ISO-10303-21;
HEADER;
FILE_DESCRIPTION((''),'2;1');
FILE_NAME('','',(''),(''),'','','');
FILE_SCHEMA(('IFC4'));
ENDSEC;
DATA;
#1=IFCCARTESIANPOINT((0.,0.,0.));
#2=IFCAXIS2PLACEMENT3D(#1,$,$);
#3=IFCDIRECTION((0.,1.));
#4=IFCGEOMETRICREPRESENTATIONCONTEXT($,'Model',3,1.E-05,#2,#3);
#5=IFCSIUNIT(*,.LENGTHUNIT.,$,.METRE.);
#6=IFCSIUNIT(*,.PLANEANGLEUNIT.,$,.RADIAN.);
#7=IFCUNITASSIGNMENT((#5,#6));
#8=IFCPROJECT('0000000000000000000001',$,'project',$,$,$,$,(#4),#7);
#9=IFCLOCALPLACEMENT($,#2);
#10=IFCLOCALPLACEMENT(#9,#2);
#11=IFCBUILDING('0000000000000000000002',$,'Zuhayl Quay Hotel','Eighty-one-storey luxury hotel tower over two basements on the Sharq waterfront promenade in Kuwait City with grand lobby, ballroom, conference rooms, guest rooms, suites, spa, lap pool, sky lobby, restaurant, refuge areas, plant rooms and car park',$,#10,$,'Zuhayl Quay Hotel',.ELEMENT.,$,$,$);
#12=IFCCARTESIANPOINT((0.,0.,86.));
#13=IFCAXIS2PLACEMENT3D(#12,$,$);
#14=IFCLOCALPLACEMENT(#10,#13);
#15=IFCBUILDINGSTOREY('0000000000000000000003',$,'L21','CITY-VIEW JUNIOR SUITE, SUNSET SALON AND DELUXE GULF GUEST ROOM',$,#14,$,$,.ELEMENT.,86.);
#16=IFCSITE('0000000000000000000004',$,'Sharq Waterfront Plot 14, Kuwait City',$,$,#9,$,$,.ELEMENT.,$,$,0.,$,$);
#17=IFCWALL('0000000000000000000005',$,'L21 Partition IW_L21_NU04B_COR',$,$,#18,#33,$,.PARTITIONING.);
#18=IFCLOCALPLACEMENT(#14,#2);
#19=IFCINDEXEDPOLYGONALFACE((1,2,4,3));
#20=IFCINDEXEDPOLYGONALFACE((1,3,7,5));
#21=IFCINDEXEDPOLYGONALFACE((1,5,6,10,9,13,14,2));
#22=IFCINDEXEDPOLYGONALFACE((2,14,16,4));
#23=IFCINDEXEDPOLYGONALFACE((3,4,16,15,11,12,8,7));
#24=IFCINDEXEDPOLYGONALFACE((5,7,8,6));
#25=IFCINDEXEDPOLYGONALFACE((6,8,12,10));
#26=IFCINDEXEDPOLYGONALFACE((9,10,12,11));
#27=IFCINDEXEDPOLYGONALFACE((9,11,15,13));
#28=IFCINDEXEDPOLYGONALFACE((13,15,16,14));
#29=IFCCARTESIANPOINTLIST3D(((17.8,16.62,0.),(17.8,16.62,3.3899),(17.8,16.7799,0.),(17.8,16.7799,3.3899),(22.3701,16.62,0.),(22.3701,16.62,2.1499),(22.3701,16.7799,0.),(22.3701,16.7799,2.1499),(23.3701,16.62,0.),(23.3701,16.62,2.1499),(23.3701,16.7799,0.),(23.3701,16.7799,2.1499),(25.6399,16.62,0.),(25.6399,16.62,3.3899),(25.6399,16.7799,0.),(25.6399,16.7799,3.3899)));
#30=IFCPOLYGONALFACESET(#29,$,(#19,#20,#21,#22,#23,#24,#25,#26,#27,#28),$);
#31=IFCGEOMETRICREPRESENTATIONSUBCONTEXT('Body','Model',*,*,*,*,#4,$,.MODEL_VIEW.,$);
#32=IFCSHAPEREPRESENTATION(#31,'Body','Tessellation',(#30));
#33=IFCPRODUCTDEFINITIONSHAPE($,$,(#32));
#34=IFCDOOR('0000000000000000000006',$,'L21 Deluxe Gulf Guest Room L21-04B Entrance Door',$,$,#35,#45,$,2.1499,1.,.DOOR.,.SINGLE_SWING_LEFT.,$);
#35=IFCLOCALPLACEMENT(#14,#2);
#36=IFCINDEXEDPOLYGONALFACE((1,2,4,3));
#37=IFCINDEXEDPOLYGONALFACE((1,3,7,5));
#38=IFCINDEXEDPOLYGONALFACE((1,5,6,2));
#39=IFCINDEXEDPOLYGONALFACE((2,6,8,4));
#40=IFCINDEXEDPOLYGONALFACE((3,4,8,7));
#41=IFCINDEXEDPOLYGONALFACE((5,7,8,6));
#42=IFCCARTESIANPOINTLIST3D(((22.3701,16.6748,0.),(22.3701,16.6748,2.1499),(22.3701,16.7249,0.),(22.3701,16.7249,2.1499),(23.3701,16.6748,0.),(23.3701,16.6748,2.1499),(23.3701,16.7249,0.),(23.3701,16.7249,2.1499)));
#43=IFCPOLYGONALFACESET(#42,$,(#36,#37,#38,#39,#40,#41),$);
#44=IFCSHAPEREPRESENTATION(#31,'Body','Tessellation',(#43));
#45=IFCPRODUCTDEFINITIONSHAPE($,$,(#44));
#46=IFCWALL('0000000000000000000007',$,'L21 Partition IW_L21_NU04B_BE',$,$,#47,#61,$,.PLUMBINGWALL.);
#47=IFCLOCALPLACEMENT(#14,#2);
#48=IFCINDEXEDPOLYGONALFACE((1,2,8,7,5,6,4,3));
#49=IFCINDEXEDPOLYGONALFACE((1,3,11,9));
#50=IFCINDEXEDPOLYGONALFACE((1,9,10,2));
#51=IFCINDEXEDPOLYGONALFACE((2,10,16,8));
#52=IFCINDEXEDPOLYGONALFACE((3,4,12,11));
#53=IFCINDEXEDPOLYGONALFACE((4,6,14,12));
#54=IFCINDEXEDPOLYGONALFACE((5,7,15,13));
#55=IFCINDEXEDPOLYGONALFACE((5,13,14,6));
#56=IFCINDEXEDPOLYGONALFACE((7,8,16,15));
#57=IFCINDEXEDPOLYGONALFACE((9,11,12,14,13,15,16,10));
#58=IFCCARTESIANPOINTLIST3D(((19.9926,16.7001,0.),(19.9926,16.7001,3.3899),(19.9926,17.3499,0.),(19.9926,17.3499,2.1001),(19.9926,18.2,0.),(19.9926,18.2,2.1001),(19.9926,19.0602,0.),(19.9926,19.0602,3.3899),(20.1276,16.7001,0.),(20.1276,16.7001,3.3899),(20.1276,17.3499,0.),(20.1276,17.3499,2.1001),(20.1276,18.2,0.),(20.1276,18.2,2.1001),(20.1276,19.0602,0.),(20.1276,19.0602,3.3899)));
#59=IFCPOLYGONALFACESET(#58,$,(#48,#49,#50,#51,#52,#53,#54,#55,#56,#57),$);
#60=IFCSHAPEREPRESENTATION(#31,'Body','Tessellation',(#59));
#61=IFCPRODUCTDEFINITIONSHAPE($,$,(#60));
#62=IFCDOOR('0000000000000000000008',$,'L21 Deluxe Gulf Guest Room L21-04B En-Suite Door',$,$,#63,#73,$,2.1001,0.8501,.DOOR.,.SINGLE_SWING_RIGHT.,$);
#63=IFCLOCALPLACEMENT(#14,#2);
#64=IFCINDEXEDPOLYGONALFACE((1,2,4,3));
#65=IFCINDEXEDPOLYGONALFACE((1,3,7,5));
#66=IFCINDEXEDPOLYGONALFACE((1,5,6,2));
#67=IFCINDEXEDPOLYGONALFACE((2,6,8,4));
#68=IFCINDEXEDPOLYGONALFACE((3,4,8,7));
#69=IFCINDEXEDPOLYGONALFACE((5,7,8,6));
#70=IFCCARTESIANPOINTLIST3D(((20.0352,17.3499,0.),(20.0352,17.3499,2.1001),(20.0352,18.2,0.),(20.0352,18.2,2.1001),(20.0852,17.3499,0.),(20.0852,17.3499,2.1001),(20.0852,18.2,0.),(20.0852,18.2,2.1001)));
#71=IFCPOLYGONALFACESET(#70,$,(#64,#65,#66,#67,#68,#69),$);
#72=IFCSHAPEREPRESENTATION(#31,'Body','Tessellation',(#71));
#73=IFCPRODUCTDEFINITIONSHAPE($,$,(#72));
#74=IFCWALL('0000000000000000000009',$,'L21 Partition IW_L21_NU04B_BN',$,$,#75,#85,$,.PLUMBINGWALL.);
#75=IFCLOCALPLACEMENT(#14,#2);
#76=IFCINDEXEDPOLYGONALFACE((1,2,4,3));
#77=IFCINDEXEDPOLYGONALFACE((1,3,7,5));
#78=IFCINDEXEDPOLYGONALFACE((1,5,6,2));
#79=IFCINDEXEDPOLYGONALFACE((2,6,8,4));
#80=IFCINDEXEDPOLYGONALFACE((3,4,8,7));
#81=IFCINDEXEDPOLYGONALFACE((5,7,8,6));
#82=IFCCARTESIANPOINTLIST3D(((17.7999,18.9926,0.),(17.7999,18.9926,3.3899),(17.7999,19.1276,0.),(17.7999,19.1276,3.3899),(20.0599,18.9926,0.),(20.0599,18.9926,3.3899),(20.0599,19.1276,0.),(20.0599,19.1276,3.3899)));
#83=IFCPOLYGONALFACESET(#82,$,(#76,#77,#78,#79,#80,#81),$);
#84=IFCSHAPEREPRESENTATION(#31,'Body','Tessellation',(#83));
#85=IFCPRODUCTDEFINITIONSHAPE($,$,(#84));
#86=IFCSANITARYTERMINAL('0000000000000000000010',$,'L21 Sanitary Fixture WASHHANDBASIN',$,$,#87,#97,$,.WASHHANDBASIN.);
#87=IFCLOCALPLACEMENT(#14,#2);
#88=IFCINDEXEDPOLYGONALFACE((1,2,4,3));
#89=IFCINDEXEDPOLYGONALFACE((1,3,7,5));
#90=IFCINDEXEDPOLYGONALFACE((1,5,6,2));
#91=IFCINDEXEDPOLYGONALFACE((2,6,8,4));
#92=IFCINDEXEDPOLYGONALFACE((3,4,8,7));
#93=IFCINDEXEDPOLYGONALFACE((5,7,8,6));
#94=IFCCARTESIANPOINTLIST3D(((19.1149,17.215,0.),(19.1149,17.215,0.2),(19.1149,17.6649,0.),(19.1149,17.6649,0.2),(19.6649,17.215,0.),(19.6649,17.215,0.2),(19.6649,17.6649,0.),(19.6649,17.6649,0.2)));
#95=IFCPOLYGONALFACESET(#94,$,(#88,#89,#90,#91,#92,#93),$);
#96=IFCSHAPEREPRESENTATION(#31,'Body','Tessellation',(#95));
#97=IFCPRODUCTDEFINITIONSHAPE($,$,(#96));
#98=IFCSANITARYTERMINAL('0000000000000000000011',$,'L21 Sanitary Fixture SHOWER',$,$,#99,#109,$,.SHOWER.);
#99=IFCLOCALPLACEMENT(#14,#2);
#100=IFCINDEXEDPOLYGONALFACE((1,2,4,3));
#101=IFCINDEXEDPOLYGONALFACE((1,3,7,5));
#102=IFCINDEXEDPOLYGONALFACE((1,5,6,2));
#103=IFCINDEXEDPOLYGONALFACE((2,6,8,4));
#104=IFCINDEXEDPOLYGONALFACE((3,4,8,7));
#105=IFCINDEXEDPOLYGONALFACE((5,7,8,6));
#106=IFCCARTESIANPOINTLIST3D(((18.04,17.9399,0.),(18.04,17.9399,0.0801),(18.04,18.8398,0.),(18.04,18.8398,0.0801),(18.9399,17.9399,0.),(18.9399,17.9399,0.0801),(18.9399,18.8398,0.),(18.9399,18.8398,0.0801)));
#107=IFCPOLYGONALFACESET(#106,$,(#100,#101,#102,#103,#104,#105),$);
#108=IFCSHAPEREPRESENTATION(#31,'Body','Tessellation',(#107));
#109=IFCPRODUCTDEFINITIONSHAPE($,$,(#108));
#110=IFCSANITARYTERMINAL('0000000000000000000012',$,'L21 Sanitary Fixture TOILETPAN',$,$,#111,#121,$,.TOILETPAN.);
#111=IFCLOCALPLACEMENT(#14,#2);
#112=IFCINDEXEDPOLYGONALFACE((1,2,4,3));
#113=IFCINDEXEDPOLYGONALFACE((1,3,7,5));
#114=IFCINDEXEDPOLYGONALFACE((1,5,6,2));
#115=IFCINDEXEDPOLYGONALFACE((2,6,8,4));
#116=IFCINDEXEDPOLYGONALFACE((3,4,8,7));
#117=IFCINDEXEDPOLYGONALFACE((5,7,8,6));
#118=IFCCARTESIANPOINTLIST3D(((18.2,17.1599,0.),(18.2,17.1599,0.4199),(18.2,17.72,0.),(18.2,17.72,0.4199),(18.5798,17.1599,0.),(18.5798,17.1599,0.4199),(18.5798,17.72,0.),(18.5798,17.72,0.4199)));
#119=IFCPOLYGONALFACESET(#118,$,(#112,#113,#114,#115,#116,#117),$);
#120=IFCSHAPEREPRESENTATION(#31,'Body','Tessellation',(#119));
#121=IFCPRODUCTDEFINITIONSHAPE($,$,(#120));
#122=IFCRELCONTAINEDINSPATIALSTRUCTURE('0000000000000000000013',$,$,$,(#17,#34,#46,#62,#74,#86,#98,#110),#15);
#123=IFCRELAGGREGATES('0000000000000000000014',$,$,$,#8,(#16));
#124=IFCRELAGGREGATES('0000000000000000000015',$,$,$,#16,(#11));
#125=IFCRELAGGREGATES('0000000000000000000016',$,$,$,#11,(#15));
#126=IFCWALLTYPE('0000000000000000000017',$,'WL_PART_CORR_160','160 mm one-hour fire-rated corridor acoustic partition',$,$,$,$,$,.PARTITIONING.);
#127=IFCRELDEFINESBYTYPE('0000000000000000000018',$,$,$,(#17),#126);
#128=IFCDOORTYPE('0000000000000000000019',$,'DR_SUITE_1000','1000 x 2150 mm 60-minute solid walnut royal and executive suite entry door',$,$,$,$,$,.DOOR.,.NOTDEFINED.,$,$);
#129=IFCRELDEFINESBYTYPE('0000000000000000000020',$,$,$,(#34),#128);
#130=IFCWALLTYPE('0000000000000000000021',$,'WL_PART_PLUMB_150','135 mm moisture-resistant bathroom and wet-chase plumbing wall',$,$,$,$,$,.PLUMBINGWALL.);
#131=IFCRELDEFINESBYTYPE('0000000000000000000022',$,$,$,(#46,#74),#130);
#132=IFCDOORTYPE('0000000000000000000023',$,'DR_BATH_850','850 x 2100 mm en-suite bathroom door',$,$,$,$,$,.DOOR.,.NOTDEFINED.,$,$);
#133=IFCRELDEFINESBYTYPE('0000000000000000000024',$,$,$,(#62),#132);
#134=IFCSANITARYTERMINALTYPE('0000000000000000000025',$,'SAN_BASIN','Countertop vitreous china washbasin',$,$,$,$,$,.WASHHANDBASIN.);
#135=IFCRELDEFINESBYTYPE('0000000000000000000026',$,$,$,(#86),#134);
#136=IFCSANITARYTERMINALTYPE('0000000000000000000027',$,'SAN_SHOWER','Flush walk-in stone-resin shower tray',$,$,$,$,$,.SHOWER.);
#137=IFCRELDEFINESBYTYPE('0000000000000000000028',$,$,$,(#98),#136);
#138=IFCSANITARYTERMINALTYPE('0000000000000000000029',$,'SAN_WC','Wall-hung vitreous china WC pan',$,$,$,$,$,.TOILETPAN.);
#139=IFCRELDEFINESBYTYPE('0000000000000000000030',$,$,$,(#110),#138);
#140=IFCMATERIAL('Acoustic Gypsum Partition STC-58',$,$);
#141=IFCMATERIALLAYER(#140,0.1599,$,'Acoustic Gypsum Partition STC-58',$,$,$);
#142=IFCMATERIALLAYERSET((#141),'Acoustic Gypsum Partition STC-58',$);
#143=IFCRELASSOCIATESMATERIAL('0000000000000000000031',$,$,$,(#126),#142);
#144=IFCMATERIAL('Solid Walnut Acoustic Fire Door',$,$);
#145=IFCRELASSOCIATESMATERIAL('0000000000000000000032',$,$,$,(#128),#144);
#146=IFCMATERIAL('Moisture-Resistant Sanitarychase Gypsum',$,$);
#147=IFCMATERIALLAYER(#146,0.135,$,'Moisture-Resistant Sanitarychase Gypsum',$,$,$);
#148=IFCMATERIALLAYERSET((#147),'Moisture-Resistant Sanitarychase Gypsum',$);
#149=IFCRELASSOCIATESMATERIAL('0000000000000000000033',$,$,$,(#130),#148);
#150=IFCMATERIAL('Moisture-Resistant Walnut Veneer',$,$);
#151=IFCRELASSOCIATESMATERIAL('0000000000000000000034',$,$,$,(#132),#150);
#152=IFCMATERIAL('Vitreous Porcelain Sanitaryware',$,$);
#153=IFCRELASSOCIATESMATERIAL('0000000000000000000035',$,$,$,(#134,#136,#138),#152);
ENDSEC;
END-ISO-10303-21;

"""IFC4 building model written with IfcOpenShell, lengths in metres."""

from ifc_helpers import new_model, si_unit, direction, frame, frame_2d, origin, origin_2d, place, context, subcontext, project, spatial, rectangle, extrude, material, layer, layer_set, type_object, element, fill, save


model = new_model("IFC4")

# Units and contexts
model_context = context("Model", 3, precision=1e-05, world=origin(), true_north=direction((0.0, 1.0)))
body_context = subcontext(model_context, "Body", "Model", "MODEL_VIEW")
ifc_project = project(units=[si_unit("LENGTHUNIT", "METRE"), si_unit("PLANEANGLEUNIT", "RADIAN")], contexts=[model_context])

# Site, building, storey
site_placement = place(None, origin())
site = spatial("IfcSite", under=ifc_project, at=site_placement, Name="Sharq Waterfront Plot 14, Kuwait City", CompositionType="ELEMENT", RefElevation=0.0)
building_placement = place(site_placement, origin())
building = spatial("IfcBuilding", under=site, at=building_placement, Name="Zuhayl Quay Hotel", Description="Eighty-one-storey luxury hotel tower over two basements on the Sharq waterfront promenade in Kuwait City with grand lobby, ballroom, conference rooms, guest rooms, suites, spa, lap pool, sky lobby, restaurant, refuge areas, plant rooms and car park", LongName="Zuhayl Quay Hotel", CompositionType="ELEMENT")
storey_placement = place(building_placement, frame((0.0, 0.0, 86.0)))
storey = spatial("IfcBuildingStorey", under=building, at=storey_placement, Name="L21", Description="CITY-VIEW JUNIOR SUITE, SUNSET SALON AND DELUXE GULF GUEST ROOM", CompositionType="ELEMENT", Elevation=86.0)

# Shared definitions
ifc_material_1 = material(Name="Acoustic Gypsum Partition STC-58")

# Walls, openings, doors
ifc_layer_1 = layer(ifc_material_1, 0.1599, Name="Acoustic Gypsum Partition STC-58")
ifc_layer_set_1 = layer_set([ifc_layer_1], Name="Acoustic Gypsum Partition STC-58")
wall_type_1 = type_object("IfcWallType", Name="WL_PART_CORR_160", Description="160 mm one-hour fire-rated corridor acoustic partition", PredefinedType="PARTITIONING", material=ifc_layer_set_1)
wall_1_placement = place(storey_placement, frame((17.8, 16.7, 0.0), z_axis=(0.0, 0.0, 1.0), x_axis=(1.0, 0.0, 0.0)))
wall_1 = element("IfcWall", 1, at=wall_1_placement, inside=storey, type_object=wall_type_1, Name="L21 Partition IW_L21_NU04B_COR", PredefinedType="PARTITIONING", context=body_context, shape_type="SweptSolid", body=[
    extrude(rectangle(XDim=7.8398, YDim=0.1599, at=frame_2d((3.9199, 0.0))), origin(), (0.0, 0.0, 1.0), 3.3899),
])
opening_1_placement = place(wall_1_placement, frame((4.5701, 0.0, 0.0)))
opening_1 = element("IfcOpeningElement", 2, at=opening_1_placement, cuts=wall_1, PredefinedType="OPENING", context=body_context, shape_type="SweptSolid", body=[
    extrude(rectangle(XDim=1.0, YDim=2.1499, at=frame_2d((0.5, 1.075))), frame((0.0, 0.0898, 0.0), z_axis=(0.0, -1.0, 0.0), x_axis=(1.0, 0.0, 0.0)), (0.0, 0.0, 1.0), 0.1799),
])
ifc_material_2 = material(Name="Solid Walnut Acoustic Fire Door")
door_type_1 = type_object("IfcDoorType", Name="DR_SUITE_1000", Description="1000 x 2150 mm 60-minute solid walnut royal and executive suite entry door", OperationType="NOTDEFINED", PredefinedType="DOOR", material=ifc_material_2)
door_1_placement = place(opening_1_placement, origin())
door_1 = element("IfcDoor", 3, at=door_1_placement, inside=storey, type_object=door_type_1, Name="L21 Deluxe Gulf Guest Room L21-04B Entrance Door", OperationType="SINGLE_SWING_LEFT", OverallHeight=2.1499, OverallWidth=1.0, PredefinedType="DOOR", context=body_context, shape_type="SweptSolid", body=[
    extrude(rectangle(XDim=1.0, YDim=2.1499, at=frame_2d((0.5, 1.075))), frame((0.0, 0.0249, 0.0), z_axis=(0.0, -1.0, 0.0), x_axis=(1.0, 0.0, 0.0)), (0.0, 0.0, 1.0), 0.05),
])
fill(opening_1, door_1)
ifc_material_3 = material(Name="Moisture-Resistant Sanitarychase Gypsum")
ifc_layer_2 = layer(ifc_material_3, 0.135, Name="Moisture-Resistant Sanitarychase Gypsum")
ifc_layer_set_2 = layer_set([ifc_layer_2], Name="Moisture-Resistant Sanitarychase Gypsum")
wall_type_2 = type_object("IfcWallType", Name="WL_PART_PLUMB_150", Description="135 mm moisture-resistant bathroom and wet-chase plumbing wall", PredefinedType="PLUMBINGWALL", material=ifc_layer_set_2)
wall_2_placement = place(storey_placement, frame((20.0601, 16.7, 0.0), z_axis=(0.0, 0.0, 1.0), x_axis=(0.0, 1.0, 0.0)))
wall_2 = element("IfcWall", 4, at=wall_2_placement, inside=storey, type_object=wall_type_2, Name="L21 Partition IW_L21_NU04B_BE", PredefinedType="PLUMBINGWALL", context=body_context, shape_type="SweptSolid", body=[
    extrude(rectangle(XDim=2.3601, YDim=0.135, at=frame_2d((1.1802, 0.0))), origin(), (0.0, 0.0, 1.0), 3.3899),
])
opening_2_placement = place(wall_2_placement, frame((0.6499, 0.0, 0.0)))
opening_2 = element("IfcOpeningElement", 5, at=opening_2_placement, cuts=wall_2, PredefinedType="OPENING", context=body_context, shape_type="SweptSolid", body=[
    extrude(rectangle(XDim=0.8501, YDim=2.1001, at=frame_2d((0.425, 1.05))), frame((0.0, 0.0774, 0.0), z_axis=(0.0, -1.0, 0.0), x_axis=(1.0, 0.0, 0.0)), (0.0, 0.0, 1.0), 0.155),
])
ifc_material_4 = material(Name="Moisture-Resistant Walnut Veneer")
door_type_2 = type_object("IfcDoorType", Name="DR_BATH_850", Description="850 x 2100 mm en-suite bathroom door", OperationType="NOTDEFINED", PredefinedType="DOOR", material=ifc_material_4)
door_2_placement = place(opening_2_placement, origin())
door_2 = element("IfcDoor", 6, at=door_2_placement, inside=storey, type_object=door_type_2, Name="L21 Deluxe Gulf Guest Room L21-04B En-Suite Door", OperationType="SINGLE_SWING_RIGHT", OverallHeight=2.1001, OverallWidth=0.8501, PredefinedType="DOOR", context=body_context, shape_type="SweptSolid", body=[
    extrude(rectangle(XDim=0.8501, YDim=2.1001, at=frame_2d((0.425, 1.05))), frame((0.0, 0.0249, 0.0), z_axis=(0.0, -1.0, 0.0), x_axis=(1.0, 0.0, 0.0)), (0.0, 0.0, 1.0), 0.05),
])
fill(opening_2, door_2)

# Wall
wall_3_placement = place(storey_placement, frame((17.8, 19.0601, 0.0), z_axis=(0.0, 0.0, 1.0), x_axis=(1.0, 0.0, 0.0)))
element("IfcWall", 7, at=wall_3_placement, inside=storey, type_object=wall_type_2, Name="L21 Partition IW_L21_NU04B_BN", PredefinedType="PLUMBINGWALL", context=body_context, shape_type="SweptSolid", body=[
    extrude(rectangle(XDim=2.26, YDim=0.135, at=frame_2d((1.1299, 0.0))), origin(), (0.0, 0.0, 1.0), 3.3899),
])

# Sanitary terminals
ifc_material_5 = material(Name="Vitreous Porcelain Sanitaryware")
sanitary_terminal_type_1 = type_object("IfcSanitaryTerminalType", Name="SAN_BASIN", Description="Countertop vitreous china washbasin", PredefinedType="WASHHANDBASIN", material=ifc_material_5)
sanitary_terminal_1_placement = place(storey_placement, frame((19.3899, 17.4399, 0.0), z_axis=(0.0, 0.0, 1.0), x_axis=(1.0, 0.0, 0.0)))
element("IfcSanitaryTerminal", 8, at=sanitary_terminal_1_placement, inside=storey, type_object=sanitary_terminal_type_1, Name="L21 Sanitary Fixture WASHHANDBASIN", PredefinedType="WASHHANDBASIN", context=body_context, shape_type="SweptSolid", body=[
    extrude(rectangle(XDim=0.55, YDim=0.45, at=origin_2d()), origin(), (0.0, 0.0, 1.0), 0.2),
])
sanitary_terminal_type_2 = type_object("IfcSanitaryTerminalType", Name="SAN_SHOWER", Description="Flush walk-in stone-resin shower tray", PredefinedType="SHOWER", material=ifc_material_5)
sanitary_terminal_2_placement = place(storey_placement, frame((18.49, 18.3899, 0.0), z_axis=(0.0, 0.0, 1.0), x_axis=(1.0, 0.0, 0.0)))
element("IfcSanitaryTerminal", 9, at=sanitary_terminal_2_placement, inside=storey, type_object=sanitary_terminal_type_2, Name="L21 Sanitary Fixture SHOWER", PredefinedType="SHOWER", context=body_context, shape_type="SweptSolid", body=[
    extrude(rectangle(XDim=0.8999, YDim=0.8999, at=origin_2d()), origin(), (0.0, 0.0, 1.0), 0.0801),
])
sanitary_terminal_type_3 = type_object("IfcSanitaryTerminalType", Name="SAN_WC", Description="Wall-hung vitreous china WC pan", PredefinedType="TOILETPAN", material=ifc_material_5)
sanitary_terminal_3_placement = place(storey_placement, frame((18.3899, 17.4399, 0.0), z_axis=(0.0, 0.0, 1.0), x_axis=(1.0, 0.0, 0.0)))
element("IfcSanitaryTerminal", 10, at=sanitary_terminal_3_placement, inside=storey, type_object=sanitary_terminal_type_3, Name="L21 Sanitary Fixture TOILETPAN", PredefinedType="TOILETPAN", context=body_context, shape_type="SweptSolid", body=[
    extrude(rectangle(XDim=0.3799, YDim=0.5601, at=origin_2d()), origin(), (0.0, 0.0, 1.0), 0.4199),
])

save(model, "model.ifc")
